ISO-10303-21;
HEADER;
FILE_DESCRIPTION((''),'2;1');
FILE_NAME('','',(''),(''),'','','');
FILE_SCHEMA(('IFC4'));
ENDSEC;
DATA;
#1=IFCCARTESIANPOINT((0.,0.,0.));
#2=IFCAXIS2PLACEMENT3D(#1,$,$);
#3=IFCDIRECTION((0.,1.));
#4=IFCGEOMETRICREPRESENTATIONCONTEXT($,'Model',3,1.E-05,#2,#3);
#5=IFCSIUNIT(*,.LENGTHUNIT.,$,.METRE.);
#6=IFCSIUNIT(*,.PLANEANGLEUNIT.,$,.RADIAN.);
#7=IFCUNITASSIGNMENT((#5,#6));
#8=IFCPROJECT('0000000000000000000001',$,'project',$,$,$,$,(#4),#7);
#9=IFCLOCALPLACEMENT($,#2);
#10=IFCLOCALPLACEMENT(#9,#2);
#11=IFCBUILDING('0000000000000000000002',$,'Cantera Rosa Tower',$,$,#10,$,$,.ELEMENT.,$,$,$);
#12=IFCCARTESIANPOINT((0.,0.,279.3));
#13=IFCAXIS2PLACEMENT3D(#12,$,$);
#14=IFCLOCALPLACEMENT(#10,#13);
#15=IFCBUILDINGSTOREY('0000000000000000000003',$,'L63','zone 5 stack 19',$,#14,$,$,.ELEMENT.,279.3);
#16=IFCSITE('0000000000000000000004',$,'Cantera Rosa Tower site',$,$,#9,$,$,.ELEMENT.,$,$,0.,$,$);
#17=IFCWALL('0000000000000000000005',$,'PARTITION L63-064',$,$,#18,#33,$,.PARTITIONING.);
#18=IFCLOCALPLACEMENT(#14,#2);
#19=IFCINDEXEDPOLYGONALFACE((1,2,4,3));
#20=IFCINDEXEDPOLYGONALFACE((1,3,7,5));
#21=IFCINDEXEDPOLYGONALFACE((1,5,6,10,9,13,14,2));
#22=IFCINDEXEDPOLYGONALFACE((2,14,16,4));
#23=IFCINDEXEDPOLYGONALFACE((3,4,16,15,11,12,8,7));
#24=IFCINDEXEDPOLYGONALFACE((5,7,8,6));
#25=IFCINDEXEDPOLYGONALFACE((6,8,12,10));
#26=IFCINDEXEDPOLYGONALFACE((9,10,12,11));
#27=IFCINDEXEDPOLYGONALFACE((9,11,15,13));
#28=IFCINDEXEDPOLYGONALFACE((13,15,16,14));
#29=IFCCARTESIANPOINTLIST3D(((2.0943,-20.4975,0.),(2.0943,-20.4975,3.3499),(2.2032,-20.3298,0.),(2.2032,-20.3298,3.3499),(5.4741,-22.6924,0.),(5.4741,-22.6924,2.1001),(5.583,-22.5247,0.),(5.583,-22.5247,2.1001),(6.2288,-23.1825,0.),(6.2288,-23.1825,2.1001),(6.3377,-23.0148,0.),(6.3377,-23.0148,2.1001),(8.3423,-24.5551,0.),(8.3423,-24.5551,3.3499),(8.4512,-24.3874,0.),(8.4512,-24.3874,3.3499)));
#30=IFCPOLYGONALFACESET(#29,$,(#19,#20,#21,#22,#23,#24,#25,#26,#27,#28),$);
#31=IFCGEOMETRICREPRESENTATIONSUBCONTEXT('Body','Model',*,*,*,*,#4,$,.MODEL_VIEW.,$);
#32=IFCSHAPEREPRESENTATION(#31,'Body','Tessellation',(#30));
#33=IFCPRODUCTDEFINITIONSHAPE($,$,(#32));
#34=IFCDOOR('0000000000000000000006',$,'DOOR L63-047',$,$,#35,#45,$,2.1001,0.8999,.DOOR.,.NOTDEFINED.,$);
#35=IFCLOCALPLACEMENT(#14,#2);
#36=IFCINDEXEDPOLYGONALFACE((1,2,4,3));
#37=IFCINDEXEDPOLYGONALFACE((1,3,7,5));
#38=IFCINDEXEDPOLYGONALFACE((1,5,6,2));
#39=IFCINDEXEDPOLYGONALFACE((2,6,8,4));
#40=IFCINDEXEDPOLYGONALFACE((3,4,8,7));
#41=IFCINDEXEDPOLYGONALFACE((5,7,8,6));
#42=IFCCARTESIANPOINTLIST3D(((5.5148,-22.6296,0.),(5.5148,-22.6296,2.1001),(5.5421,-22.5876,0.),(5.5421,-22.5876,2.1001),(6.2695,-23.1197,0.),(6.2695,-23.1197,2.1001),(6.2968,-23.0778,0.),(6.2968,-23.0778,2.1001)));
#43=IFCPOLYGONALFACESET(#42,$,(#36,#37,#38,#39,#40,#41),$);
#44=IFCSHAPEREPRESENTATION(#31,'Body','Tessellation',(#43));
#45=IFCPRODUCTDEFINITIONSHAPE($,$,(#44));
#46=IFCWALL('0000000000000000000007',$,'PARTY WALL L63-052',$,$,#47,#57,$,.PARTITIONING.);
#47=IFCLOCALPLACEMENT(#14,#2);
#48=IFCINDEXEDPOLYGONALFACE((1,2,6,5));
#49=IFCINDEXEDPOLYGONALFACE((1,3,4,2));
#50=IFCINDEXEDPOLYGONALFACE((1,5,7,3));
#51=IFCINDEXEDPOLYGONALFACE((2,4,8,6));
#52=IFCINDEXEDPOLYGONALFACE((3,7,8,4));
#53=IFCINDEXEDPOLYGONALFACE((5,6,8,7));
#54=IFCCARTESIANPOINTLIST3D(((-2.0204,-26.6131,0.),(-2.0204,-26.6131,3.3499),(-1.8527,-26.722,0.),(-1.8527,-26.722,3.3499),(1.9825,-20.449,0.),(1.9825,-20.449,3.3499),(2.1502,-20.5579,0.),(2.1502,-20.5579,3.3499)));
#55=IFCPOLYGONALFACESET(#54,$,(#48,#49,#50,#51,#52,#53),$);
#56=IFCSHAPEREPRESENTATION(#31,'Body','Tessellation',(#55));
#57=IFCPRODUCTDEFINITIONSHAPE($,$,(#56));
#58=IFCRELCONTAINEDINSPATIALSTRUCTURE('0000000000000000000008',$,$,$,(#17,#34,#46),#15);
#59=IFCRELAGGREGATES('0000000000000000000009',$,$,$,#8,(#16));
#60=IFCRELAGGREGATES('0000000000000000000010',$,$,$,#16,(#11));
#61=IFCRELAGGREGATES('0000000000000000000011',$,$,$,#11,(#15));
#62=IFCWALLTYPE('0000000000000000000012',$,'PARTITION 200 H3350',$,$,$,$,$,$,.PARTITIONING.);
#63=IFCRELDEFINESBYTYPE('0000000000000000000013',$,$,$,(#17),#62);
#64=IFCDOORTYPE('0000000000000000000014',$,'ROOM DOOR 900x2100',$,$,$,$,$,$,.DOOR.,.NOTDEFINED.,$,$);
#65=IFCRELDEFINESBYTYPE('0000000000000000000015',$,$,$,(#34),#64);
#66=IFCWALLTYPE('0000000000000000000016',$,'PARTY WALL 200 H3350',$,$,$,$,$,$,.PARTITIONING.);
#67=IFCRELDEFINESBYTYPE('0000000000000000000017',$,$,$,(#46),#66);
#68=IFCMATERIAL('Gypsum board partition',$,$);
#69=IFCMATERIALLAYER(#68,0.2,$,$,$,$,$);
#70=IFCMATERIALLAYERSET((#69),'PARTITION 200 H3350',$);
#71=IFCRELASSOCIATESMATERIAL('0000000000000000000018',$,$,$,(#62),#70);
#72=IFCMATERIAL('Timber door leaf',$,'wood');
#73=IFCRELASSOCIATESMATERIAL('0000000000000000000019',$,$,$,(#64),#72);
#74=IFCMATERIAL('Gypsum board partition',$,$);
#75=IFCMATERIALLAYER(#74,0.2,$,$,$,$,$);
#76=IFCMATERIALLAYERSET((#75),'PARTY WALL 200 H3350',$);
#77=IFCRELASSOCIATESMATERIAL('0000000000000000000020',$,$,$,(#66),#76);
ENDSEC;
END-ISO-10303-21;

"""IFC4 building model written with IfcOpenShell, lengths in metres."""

from ifc_helpers import new_model, si_unit, direction, frame, frame_2d, origin, place, context, subcontext, project, spatial, rectangle, extrude, material, layer, layer_set, type_object, element, fill, save


model = new_model("IFC4")

# Units and contexts
model_context = context("Model", 3, precision=1e-05, world=origin(), true_north=direction((0.0, 1.0)))
body_context = subcontext(model_context, "Body", "Model", "MODEL_VIEW")
ifc_project = project(units=[si_unit("LENGTHUNIT", "METRE"), si_unit("PLANEANGLEUNIT", "RADIAN")], contexts=[model_context])

# Site, building, storey
site_placement = place(None, origin())
site = spatial("IfcSite", under=ifc_project, at=site_placement, Name="Cantera Rosa Tower site", CompositionType="ELEMENT", RefElevation=0.0)
building_placement = place(site_placement, origin())
building = spatial("IfcBuilding", under=site, at=building_placement, Name="Cantera Rosa Tower", CompositionType="ELEMENT")
storey_placement = place(building_placement, frame((0.0, 0.0, 279.3)))
storey = spatial("IfcBuildingStorey", under=building, at=storey_placement, Name="L63", Description="zone 5 stack 19", CompositionType="ELEMENT", Elevation=279.3)

# Wall, opening, door
ifc_material_1 = material(Name="Gypsum board partition")
ifc_layer_1 = layer(ifc_material_1, 0.2)
ifc_layer_set_1 = layer_set([ifc_layer_1], Name="PARTITION 200 H3350")
wall_type_1 = type_object("IfcWallType", Name="PARTITION 200 H3350", PredefinedType="PARTITIONING", material=ifc_layer_set_1)
wall_1_placement = place(storey_placement, frame((2.1487, -20.4136, 0.0), z_axis=(0.0, 0.0, 1.0), x_axis=(0.838665, -0.544647, 0.0)))
wall_1 = element("IfcWall", 1, at=wall_1_placement, inside=storey, type_object=wall_type_1, Name="PARTITION L63-064", PredefinedType="PARTITIONING", context=body_context, shape_type="SweptSolid", body=[
    extrude(rectangle(XDim=7.45, YDim=0.2, at=frame_2d((3.7251, 0.0))), origin(), (0.0, 0.0, 1.0), 3.3499),
])
opening_1_placement = place(wall_1_placement, frame((4.03, 0.0, 0.0)))
opening_1 = element("IfcOpeningElement", 2, at=opening_1_placement, cuts=wall_1, PredefinedType="OPENING", context=body_context, shape_type="SweptSolid", body=[
    extrude(rectangle(XDim=0.8999, YDim=2.1001, at=frame_2d((0.45, 1.05))), frame((0.0, 0.1099, 0.0), z_axis=(0.0, -1.0, 0.0), x_axis=(1.0, 0.0, 0.0)), (0.0, 0.0, 1.0), 0.22),
])
ifc_material_2 = material(Name="Timber door leaf", Category="wood")
door_type_1 = type_object("IfcDoorType", Name="ROOM DOOR 900x2100", OperationType="NOTDEFINED", PredefinedType="DOOR", material=ifc_material_2)
door_1_placement = place(opening_1_placement, origin())
door_1 = element("IfcDoor", 3, at=door_1_placement, inside=storey, type_object=door_type_1, Name="DOOR L63-047", OperationType="NOTDEFINED", OverallHeight=2.1001, OverallWidth=0.8999, PredefinedType="DOOR", context=body_context, shape_type="SweptSolid", body=[
    extrude(rectangle(XDim=0.8999, YDim=2.1001, at=frame_2d((0.45, 1.05))), frame((0.0, 0.0249, 0.0), z_axis=(0.0, -1.0, 0.0), x_axis=(1.0, 0.0, 0.0)), (0.0, 0.0, 1.0), 0.05),
])
fill(opening_1, door_1)

# Wall
ifc_material_3 = material(Name="Gypsum board partition")
ifc_layer_2 = layer(ifc_material_3, 0.2)
ifc_layer_set_2 = layer_set([ifc_layer_2], Name="PARTY WALL 200 H3350")
wall_type_2 = type_object("IfcWallType", Name="PARTY WALL 200 H3350", PredefinedType="PARTITIONING", material=ifc_layer_set_2)
wall_2_placement = place(storey_placement, frame((-1.9365, -26.6675, 0.0), z_axis=(0.0, 0.0, 1.0), x_axis=(0.544633, 0.838674, 0.0)))
element("IfcWall", 4, at=wall_2_placement, inside=storey, type_object=wall_type_2, Name="PARTY WALL L63-052", PredefinedType="PARTITIONING", context=body_context, shape_type="SweptSolid", body=[
    extrude(rectangle(XDim=7.3499, YDim=0.2, at=frame_2d((3.6748, 0.0))), origin(), (0.0, 0.0, 1.0), 3.3499),
])

save(model, "model.ifc")
